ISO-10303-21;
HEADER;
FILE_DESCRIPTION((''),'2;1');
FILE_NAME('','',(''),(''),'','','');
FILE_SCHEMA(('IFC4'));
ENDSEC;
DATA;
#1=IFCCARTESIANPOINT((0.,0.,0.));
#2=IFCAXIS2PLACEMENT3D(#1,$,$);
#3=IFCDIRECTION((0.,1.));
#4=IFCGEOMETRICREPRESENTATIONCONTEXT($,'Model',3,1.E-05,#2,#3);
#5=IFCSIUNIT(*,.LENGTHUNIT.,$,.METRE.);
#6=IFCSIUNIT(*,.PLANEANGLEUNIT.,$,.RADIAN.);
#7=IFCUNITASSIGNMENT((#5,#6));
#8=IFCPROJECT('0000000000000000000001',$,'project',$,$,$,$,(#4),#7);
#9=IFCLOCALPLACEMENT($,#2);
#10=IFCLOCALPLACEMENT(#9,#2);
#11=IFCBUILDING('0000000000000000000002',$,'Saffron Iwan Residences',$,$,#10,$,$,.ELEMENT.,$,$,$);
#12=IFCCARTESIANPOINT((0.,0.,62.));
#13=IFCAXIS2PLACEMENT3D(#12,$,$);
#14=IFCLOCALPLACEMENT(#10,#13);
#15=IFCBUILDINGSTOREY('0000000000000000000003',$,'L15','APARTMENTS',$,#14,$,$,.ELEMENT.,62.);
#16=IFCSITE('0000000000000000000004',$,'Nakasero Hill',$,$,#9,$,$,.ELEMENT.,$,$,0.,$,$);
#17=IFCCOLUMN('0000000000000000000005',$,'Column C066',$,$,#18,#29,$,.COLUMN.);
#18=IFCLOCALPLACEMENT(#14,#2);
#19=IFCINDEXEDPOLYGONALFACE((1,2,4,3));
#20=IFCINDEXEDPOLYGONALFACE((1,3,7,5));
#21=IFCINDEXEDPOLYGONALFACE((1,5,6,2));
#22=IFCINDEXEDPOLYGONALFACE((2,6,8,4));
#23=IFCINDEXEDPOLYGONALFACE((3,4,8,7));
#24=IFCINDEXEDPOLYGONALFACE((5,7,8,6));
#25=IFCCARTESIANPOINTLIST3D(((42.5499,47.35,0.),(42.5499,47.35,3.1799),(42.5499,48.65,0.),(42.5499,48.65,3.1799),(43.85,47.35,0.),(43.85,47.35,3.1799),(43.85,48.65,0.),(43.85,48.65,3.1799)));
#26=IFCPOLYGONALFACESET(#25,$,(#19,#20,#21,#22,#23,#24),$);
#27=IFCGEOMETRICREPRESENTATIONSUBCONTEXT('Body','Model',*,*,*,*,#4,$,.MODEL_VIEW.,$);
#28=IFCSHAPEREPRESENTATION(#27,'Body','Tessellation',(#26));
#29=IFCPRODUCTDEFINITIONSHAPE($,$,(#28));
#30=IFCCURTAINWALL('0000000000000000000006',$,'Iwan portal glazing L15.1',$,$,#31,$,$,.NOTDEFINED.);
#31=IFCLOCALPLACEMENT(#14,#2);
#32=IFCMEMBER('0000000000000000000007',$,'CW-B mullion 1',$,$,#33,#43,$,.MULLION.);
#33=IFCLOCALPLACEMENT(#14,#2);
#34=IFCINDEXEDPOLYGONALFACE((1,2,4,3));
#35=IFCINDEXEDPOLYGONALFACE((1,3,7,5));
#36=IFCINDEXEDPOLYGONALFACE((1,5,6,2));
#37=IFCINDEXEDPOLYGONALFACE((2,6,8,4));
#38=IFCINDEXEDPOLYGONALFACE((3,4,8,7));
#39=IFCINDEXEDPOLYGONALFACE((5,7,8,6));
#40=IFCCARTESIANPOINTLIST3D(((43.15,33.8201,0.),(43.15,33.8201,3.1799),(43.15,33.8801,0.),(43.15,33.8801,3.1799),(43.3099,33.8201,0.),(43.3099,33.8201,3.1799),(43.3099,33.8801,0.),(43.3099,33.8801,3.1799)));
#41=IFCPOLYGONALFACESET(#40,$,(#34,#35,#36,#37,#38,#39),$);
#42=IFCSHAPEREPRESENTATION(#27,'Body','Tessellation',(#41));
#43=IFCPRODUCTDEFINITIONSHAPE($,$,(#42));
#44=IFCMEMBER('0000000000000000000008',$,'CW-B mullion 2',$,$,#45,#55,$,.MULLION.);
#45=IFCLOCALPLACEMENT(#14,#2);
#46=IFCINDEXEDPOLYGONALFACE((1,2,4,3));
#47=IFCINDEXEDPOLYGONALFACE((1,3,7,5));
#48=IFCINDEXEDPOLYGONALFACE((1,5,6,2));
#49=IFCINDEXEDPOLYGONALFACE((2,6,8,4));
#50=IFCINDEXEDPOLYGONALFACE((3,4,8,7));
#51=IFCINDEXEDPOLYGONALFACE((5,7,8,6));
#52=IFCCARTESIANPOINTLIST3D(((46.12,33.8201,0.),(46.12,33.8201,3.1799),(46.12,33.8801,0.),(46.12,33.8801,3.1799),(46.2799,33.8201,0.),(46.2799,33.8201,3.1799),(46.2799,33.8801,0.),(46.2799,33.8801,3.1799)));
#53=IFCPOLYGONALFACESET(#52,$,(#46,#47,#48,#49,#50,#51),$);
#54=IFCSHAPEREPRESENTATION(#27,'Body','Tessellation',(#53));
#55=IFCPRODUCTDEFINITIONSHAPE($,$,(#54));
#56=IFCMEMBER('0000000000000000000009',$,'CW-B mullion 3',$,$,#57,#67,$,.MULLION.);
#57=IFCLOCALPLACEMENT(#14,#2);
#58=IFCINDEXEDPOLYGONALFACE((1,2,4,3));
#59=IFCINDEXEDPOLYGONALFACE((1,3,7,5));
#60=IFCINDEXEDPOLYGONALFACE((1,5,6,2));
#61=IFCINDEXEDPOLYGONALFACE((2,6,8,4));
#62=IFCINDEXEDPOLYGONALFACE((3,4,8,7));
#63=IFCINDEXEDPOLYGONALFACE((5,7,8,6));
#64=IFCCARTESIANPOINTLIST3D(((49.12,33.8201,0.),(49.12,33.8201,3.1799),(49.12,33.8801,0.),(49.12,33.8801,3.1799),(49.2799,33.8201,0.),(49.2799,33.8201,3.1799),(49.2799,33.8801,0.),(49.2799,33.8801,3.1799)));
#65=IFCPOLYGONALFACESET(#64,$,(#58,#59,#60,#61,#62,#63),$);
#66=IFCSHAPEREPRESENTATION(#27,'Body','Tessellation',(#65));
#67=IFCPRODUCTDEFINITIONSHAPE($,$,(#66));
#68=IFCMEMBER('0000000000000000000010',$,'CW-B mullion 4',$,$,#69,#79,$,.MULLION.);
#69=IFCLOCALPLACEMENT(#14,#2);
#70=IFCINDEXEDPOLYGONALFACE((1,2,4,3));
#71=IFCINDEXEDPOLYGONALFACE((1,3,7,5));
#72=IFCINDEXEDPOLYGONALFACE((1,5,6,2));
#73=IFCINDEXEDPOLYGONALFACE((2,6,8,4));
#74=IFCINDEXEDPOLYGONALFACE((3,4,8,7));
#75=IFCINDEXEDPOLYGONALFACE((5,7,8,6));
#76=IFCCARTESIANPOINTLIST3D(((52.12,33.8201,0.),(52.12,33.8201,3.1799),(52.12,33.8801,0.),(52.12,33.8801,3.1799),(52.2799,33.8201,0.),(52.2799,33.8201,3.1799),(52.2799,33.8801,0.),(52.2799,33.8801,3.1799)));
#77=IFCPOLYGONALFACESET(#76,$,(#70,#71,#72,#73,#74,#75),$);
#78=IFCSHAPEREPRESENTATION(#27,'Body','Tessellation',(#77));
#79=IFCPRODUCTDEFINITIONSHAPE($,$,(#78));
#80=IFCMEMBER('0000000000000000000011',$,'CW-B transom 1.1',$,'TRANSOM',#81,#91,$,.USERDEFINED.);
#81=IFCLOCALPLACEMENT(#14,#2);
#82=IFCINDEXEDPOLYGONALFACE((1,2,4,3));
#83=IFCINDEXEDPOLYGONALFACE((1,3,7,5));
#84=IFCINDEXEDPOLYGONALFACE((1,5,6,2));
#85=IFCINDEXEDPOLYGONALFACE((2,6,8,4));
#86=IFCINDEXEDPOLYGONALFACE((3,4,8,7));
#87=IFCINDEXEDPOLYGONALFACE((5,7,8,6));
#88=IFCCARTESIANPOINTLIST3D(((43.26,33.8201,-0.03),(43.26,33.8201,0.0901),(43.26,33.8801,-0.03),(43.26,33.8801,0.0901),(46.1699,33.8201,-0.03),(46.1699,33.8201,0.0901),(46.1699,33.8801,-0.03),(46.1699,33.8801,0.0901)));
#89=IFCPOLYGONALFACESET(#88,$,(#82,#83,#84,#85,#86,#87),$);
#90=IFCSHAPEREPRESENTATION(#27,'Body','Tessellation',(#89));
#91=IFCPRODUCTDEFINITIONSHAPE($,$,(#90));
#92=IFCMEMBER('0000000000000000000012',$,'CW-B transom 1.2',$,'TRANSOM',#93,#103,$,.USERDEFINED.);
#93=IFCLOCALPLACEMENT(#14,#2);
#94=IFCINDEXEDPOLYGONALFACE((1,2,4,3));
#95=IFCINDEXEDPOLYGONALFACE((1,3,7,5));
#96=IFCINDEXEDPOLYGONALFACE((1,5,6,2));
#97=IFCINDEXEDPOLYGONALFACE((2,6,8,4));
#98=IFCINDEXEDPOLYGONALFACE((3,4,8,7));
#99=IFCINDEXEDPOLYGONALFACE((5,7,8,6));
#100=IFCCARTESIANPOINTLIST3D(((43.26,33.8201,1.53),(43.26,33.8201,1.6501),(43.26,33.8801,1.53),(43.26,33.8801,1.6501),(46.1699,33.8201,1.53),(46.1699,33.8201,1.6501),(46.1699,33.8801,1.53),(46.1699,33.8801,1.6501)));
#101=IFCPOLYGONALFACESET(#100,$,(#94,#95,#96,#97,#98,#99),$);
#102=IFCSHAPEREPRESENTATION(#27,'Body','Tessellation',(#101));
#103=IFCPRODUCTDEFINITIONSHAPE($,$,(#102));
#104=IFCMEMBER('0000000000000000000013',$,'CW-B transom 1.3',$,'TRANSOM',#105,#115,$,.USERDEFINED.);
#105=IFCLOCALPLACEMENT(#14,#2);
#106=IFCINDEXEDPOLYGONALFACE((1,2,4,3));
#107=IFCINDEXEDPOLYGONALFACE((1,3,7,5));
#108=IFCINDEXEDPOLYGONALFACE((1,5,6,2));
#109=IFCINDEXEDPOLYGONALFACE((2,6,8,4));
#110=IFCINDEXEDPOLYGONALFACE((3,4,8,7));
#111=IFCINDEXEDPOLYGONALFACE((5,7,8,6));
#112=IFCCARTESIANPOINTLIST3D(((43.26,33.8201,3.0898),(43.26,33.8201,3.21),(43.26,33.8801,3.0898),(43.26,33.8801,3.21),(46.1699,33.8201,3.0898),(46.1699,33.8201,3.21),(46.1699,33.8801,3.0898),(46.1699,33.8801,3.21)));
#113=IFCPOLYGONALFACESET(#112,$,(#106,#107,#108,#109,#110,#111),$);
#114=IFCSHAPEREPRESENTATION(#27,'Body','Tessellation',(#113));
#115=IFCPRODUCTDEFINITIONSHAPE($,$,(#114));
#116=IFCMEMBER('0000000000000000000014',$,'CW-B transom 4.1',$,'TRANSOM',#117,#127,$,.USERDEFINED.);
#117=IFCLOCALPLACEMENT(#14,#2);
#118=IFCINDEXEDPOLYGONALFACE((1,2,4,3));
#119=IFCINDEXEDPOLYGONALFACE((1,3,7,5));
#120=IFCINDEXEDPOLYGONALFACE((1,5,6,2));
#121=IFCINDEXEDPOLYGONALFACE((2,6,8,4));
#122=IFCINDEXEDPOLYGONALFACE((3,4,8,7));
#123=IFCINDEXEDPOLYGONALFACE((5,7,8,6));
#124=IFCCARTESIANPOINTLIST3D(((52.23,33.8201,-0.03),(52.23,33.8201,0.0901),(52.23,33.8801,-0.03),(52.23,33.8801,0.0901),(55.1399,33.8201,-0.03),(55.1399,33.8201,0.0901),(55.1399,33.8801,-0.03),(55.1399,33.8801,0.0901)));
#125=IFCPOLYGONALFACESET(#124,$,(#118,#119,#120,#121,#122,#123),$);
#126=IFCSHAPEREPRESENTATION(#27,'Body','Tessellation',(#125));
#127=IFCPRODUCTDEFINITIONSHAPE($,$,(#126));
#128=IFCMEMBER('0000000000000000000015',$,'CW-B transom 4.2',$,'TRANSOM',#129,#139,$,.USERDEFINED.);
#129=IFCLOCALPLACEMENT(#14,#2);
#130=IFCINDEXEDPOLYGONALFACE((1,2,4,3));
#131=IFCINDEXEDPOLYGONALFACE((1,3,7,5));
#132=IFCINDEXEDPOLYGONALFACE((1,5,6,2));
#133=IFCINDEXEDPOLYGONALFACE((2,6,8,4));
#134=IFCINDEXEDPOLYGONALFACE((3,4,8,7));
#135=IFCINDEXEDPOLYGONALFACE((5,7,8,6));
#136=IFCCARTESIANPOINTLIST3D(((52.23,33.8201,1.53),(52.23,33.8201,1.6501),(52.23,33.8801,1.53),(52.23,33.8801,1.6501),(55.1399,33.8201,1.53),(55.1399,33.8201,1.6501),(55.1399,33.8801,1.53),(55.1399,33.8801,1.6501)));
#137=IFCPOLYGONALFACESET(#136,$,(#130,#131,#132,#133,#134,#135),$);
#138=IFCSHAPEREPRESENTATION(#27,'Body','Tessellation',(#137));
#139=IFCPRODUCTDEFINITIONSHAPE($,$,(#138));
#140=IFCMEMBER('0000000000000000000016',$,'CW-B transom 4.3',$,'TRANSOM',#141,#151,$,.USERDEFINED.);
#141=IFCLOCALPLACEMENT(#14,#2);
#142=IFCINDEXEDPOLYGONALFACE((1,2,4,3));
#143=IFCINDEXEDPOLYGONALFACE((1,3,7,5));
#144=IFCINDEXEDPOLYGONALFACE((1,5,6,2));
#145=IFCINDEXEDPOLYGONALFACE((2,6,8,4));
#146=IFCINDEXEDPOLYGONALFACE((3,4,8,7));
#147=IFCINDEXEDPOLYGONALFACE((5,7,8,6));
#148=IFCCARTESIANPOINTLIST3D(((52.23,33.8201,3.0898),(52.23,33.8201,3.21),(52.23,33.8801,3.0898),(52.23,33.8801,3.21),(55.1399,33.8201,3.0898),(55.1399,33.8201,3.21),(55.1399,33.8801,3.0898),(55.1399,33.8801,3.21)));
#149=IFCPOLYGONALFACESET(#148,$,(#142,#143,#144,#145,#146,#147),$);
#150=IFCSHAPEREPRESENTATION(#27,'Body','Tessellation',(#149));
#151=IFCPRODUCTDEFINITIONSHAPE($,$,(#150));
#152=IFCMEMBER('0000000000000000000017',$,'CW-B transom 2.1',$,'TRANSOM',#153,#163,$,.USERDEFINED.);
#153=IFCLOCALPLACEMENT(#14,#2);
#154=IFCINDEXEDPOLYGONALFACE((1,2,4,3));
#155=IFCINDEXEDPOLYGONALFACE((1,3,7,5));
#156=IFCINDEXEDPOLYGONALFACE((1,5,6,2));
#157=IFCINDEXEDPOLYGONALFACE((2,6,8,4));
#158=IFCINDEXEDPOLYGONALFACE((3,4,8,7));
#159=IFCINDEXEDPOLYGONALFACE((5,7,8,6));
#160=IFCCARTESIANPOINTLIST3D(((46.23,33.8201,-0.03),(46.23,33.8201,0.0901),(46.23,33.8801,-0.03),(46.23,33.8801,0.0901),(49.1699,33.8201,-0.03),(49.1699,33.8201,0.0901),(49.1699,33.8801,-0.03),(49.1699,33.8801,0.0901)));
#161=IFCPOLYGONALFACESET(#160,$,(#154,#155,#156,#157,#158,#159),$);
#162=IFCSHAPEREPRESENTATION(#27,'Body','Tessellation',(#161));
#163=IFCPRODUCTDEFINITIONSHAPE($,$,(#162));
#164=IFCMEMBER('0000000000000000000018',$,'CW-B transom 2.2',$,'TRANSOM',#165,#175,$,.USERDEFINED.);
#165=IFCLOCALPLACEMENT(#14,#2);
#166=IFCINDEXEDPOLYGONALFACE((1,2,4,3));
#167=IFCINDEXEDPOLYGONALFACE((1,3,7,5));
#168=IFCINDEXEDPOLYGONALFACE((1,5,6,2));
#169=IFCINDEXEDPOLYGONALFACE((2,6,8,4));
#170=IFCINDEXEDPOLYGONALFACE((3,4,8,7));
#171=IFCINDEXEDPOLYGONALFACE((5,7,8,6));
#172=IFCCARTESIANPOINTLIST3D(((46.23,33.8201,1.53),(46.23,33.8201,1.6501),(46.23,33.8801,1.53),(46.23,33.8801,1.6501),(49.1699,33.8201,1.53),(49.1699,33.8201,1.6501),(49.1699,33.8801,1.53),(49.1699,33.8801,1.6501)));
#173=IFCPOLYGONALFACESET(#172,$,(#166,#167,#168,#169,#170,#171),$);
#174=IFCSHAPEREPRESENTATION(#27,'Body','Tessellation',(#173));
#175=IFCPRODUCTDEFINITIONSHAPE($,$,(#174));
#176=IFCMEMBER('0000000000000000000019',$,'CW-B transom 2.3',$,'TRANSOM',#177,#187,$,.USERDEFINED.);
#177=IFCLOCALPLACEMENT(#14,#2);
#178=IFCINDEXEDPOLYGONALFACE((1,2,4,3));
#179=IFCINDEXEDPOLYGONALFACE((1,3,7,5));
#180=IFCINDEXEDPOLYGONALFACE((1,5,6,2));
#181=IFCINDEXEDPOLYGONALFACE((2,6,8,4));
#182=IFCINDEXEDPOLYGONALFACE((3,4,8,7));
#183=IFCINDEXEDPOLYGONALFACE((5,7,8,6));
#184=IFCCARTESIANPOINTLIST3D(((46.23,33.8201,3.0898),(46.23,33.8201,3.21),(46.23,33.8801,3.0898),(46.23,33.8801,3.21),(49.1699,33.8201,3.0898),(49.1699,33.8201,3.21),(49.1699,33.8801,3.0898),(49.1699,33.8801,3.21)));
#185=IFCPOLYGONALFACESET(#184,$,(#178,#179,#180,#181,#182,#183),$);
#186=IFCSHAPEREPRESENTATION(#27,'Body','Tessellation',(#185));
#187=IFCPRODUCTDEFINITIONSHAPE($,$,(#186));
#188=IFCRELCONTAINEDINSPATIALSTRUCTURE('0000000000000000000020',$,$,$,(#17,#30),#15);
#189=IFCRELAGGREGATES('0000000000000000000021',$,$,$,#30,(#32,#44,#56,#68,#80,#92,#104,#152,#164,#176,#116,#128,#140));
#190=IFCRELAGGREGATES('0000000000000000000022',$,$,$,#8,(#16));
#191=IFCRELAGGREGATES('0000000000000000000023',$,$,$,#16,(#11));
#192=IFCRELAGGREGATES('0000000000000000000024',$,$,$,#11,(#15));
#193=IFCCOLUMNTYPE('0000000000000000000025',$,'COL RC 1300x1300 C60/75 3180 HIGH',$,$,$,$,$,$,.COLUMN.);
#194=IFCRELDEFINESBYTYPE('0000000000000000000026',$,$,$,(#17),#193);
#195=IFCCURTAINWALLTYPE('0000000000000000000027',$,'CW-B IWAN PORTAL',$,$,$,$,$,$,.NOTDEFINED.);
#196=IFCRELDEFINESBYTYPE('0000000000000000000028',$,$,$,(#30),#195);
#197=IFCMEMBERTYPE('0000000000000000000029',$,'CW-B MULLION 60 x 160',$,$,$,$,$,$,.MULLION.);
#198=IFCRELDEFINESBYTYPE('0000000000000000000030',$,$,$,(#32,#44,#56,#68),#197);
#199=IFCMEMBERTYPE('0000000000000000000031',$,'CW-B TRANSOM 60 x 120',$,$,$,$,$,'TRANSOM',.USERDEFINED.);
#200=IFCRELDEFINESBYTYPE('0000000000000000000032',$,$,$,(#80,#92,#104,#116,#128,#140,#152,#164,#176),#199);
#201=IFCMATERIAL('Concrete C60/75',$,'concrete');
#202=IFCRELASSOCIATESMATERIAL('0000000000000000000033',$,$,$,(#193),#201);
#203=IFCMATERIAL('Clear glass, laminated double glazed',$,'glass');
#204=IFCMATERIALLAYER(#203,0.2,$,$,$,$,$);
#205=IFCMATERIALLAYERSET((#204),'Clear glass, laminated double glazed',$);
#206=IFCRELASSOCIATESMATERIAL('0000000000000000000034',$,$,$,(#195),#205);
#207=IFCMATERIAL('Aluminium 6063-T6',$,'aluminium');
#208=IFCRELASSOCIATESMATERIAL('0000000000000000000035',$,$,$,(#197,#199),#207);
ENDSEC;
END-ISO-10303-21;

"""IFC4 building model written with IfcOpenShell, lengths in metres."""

from ifc_helpers import new_model, si_unit, direction, frame, origin, origin_2d, place, context, subcontext, project, spatial, rectangle, extrude, source, transform, mapped, material, layer, layer_set, material_profile, profile_set, type_object, element, aggregate, save


model = new_model("IFC4")

# Units and contexts
model_context = context("Model", 3, precision=1e-05, world=origin(), true_north=direction((0.0, 1.0)))
body_context = subcontext(model_context, "Body", "Model", "MODEL_VIEW")
ifc_project = project(units=[si_unit("LENGTHUNIT", "METRE"), si_unit("PLANEANGLEUNIT", "RADIAN")], contexts=[model_context])

# Site, building, storey
site_placement = place(None, origin())
site = spatial("IfcSite", under=ifc_project, at=site_placement, Name="Nakasero Hill", CompositionType="ELEMENT", RefElevation=0.0)
building_placement = place(site_placement, origin())
building = spatial("IfcBuilding", under=site, at=building_placement, Name="Saffron Iwan Residences", CompositionType="ELEMENT")
storey_placement = place(building_placement, frame((0.0, 0.0, 62.0)))
storey = spatial("IfcBuildingStorey", under=building, at=storey_placement, Name="L15", Description="APARTMENTS", CompositionType="ELEMENT", Elevation=62.0)

# Column
ifc_material_1 = material(Name="Concrete C60/75", Category="concrete")
ifc_material_profile_1 = material_profile(ifc_material_1, rectangle(XDim=1.3, YDim=1.3, at=origin_2d()), Name="RC 1300x1300")
ifc_profile_set_1 = profile_set([ifc_material_profile_1], Name="Concrete C60/75")
column_type = type_object("IfcColumnType", Name="COL RC 1300x1300 C60/75 3180 HIGH", PredefinedType="COLUMN", material=ifc_profile_set_1)
shared_shape_1 = source(origin(), body_context, "Body", "SweptSolid", [
    extrude(rectangle(XDim=1.3, YDim=1.3, at=origin_2d()), origin(), (0.0, 0.0, 1.0), 3.1799),
])
column_placement = place(storey_placement, frame((43.2, 48.0, 0.0), z_axis=(0.0, 0.0, 1.0), x_axis=(1.0, 0.0, 0.0)))
element("IfcColumn", 1, at=column_placement, inside=storey, type_object=column_type, Name="Column C066", PredefinedType="COLUMN", context=body_context, shape_type="MappedRepresentation", body=[
    mapped(shared_shape_1, transform((0.0, 0.0, 0.0))),
])

# Curtain wall, members
ifc_material_2 = material(Name="Clear glass, laminated double glazed", Category="glass")
ifc_layer_1 = layer(ifc_material_2, 0.2)
ifc_layer_set_1 = layer_set([ifc_layer_1], Name="Clear glass, laminated double glazed")
curtain_wall_type = type_object("IfcCurtainWallType", Name="CW-B IWAN PORTAL", PredefinedType="NOTDEFINED", material=ifc_layer_set_1)
curtain_wall_placement = place(storey_placement, origin())
curtain_wall = element("IfcCurtainWall", 2, at=curtain_wall_placement, inside=storey, type_object=curtain_wall_type, Name="Iwan portal glazing L15.1", PredefinedType="NOTDEFINED")
ifc_material_3 = material(Name="Aluminium 6063-T6", Category="aluminium")
ifc_material_profile_2 = material_profile(ifc_material_3, rectangle(XDim=0.0601, YDim=0.1599, at=origin_2d()), Name="CW-B MULLION 60 x 160")
ifc_profile_set_2 = profile_set([ifc_material_profile_2], Name="Aluminium 6063-T6")
member_type_1 = type_object("IfcMemberType", Name="CW-B MULLION 60 x 160", PredefinedType="MULLION", material=ifc_profile_set_2)
shared_shape_2 = source(origin(), body_context, "Body", "SweptSolid", [
    extrude(rectangle(XDim=0.0601, YDim=0.1599, at=origin_2d()), origin(), (0.0, 0.0, 1.0), 3.1799),
])
member_1_placement = place(storey_placement, frame((43.23, 33.8501, 0.0), z_axis=(0.0, 0.0, 1.0), x_axis=(0.0, 1.0, 0.0)))
member_1 = element("IfcMember", 3, at=member_1_placement, type_object=member_type_1, Name="CW-B mullion 1", PredefinedType="MULLION", context=body_context, shape_type="MappedRepresentation", body=[
    mapped(shared_shape_2, transform((0.0, 0.0, 0.0))),
])
member_2_placement = place(storey_placement, frame((46.2, 33.8501, 0.0), z_axis=(0.0, 0.0, 1.0), x_axis=(0.0, 1.0, 0.0)))
member_2 = element("IfcMember", 4, at=member_2_placement, type_object=member_type_1, Name="CW-B mullion 2", PredefinedType="MULLION", context=body_context, shape_type="MappedRepresentation", body=[
    mapped(shared_shape_2, transform((0.0, 0.0, 0.0))),
])
member_3_placement = place(storey_placement, frame((49.2, 33.8501, 0.0), z_axis=(0.0, 0.0, 1.0), x_axis=(0.0, 1.0, 0.0)))
member_3 = element("IfcMember", 5, at=member_3_placement, type_object=member_type_1, Name="CW-B mullion 3", PredefinedType="MULLION", context=body_context, shape_type="MappedRepresentation", body=[
    mapped(shared_shape_2, transform((0.0, 0.0, 0.0))),
])
member_4_placement = place(storey_placement, frame((52.2, 33.8501, 0.0), z_axis=(0.0, 0.0, 1.0), x_axis=(0.0, 1.0, 0.0)))
member_4 = element("IfcMember", 6, at=member_4_placement, type_object=member_type_1, Name="CW-B mullion 4", PredefinedType="MULLION", context=body_context, shape_type="MappedRepresentation", body=[
    mapped(shared_shape_2, transform((0.0, 0.0, 0.0))),
])
ifc_material_profile_3 = material_profile(ifc_material_3, rectangle(XDim=0.0601, YDim=0.1201, at=origin_2d()), Name="CW-B TRANSOM 60 x 120")
ifc_profile_set_3 = profile_set([ifc_material_profile_3], Name="Aluminium 6063-T6")
member_type_2 = type_object("IfcMemberType", Name="CW-B TRANSOM 60 x 120", ElementType="TRANSOM", PredefinedType="USERDEFINED", material=ifc_profile_set_3)
shared_shape_3 = source(origin(), body_context, "Body", "SweptSolid", [
    extrude(rectangle(XDim=0.0601, YDim=0.1201, at=origin_2d()), origin(), (0.0, 0.0, 1.0), 2.9099),
])
member_5_placement = place(storey_placement, frame((43.26, 33.8501, 0.03), z_axis=(1.0, 0.0, 0.0), x_axis=(0.0, 1.0, 0.0)))
member_5 = element("IfcMember", 7, at=member_5_placement, type_object=member_type_2, Name="CW-B transom 1.1", ObjectType="TRANSOM", PredefinedType="USERDEFINED", context=body_context, shape_type="MappedRepresentation", body=[
    mapped(shared_shape_3, transform((0.0, 0.0, 0.0))),
])
member_6_placement = place(storey_placement, frame((43.26, 33.8501, 1.5901), z_axis=(1.0, 0.0, 0.0), x_axis=(0.0, 1.0, 0.0)))
member_6 = element("IfcMember", 8, at=member_6_placement, type_object=member_type_2, Name="CW-B transom 1.2", ObjectType="TRANSOM", PredefinedType="USERDEFINED", context=body_context, shape_type="MappedRepresentation", body=[
    mapped(shared_shape_3, transform((0.0, 0.0, 0.0))),
])
member_7_placement = place(storey_placement, frame((43.26, 33.8501, 3.1499), z_axis=(1.0, 0.0, 0.0), x_axis=(0.0, 1.0, 0.0)))
member_7 = element("IfcMember", 9, at=member_7_placement, type_object=member_type_2, Name="CW-B transom 1.3", ObjectType="TRANSOM", PredefinedType="USERDEFINED", context=body_context, shape_type="MappedRepresentation", body=[
    mapped(shared_shape_3, transform((0.0, 0.0, 0.0))),
])
member_8_placement = place(storey_placement, frame((52.23, 33.8501, 0.03), z_axis=(1.0, 0.0, 0.0), x_axis=(0.0, 1.0, 0.0)))
member_8 = element("IfcMember", 10, at=member_8_placement, type_object=member_type_2, Name="CW-B transom 4.1", ObjectType="TRANSOM", PredefinedType="USERDEFINED", context=body_context, shape_type="MappedRepresentation", body=[
    mapped(shared_shape_3, transform((0.0, 0.0, 0.0))),
])
member_9_placement = place(storey_placement, frame((52.23, 33.8501, 1.5901), z_axis=(1.0, 0.0, 0.0), x_axis=(0.0, 1.0, 0.0)))
member_9 = element("IfcMember", 11, at=member_9_placement, type_object=member_type_2, Name="CW-B transom 4.2", ObjectType="TRANSOM", PredefinedType="USERDEFINED", context=body_context, shape_type="MappedRepresentation", body=[
    mapped(shared_shape_3, transform((0.0, 0.0, 0.0))),
])
member_10_placement = place(storey_placement, frame((52.23, 33.8501, 3.1499), z_axis=(1.0, 0.0, 0.0), x_axis=(0.0, 1.0, 0.0)))
member_10 = element("IfcMember", 12, at=member_10_placement, type_object=member_type_2, Name="CW-B transom 4.3", ObjectType="TRANSOM", PredefinedType="USERDEFINED", context=body_context, shape_type="MappedRepresentation", body=[
    mapped(shared_shape_3, transform((0.0, 0.0, 0.0))),
])
shared_shape_4 = source(origin(), body_context, "Body", "SweptSolid", [
    extrude(rectangle(XDim=0.0601, YDim=0.1201, at=origin_2d()), origin(), (0.0, 0.0, 1.0), 2.9399),
])
member_11_placement = place(storey_placement, frame((46.23, 33.8501, 0.03), z_axis=(1.0, 0.0, 0.0), x_axis=(0.0, 1.0, 0.0)))
member_11 = element("IfcMember", 13, at=member_11_placement, type_object=member_type_2, Name="CW-B transom 2.1", ObjectType="TRANSOM", PredefinedType="USERDEFINED", context=body_context, shape_type="MappedRepresentation", body=[
    mapped(shared_shape_4, transform((0.0, 0.0, 0.0))),
])
member_12_placement = place(storey_placement, frame((46.23, 33.8501, 1.5901), z_axis=(1.0, 0.0, 0.0), x_axis=(0.0, 1.0, 0.0)))
member_12 = element("IfcMember", 14, at=member_12_placement, type_object=member_type_2, Name="CW-B transom 2.2", ObjectType="TRANSOM", PredefinedType="USERDEFINED", context=body_context, shape_type="MappedRepresentation", body=[
    mapped(shared_shape_4, transform((0.0, 0.0, 0.0))),
])
member_13_placement = place(storey_placement, frame((46.23, 33.8501, 3.1499), z_axis=(1.0, 0.0, 0.0), x_axis=(0.0, 1.0, 0.0)))
member_13 = element("IfcMember", 15, at=member_13_placement, type_object=member_type_2, Name="CW-B transom 2.3", ObjectType="TRANSOM", PredefinedType="USERDEFINED", context=body_context, shape_type="MappedRepresentation", body=[
    mapped(shared_shape_4, transform((0.0, 0.0, 0.0))),
])
aggregate(curtain_wall, [member_1, member_2, member_3, member_4, member_5, member_6, member_7, member_11, member_12, member_13, member_8, member_9, member_10])

save(model, "model.ifc")
